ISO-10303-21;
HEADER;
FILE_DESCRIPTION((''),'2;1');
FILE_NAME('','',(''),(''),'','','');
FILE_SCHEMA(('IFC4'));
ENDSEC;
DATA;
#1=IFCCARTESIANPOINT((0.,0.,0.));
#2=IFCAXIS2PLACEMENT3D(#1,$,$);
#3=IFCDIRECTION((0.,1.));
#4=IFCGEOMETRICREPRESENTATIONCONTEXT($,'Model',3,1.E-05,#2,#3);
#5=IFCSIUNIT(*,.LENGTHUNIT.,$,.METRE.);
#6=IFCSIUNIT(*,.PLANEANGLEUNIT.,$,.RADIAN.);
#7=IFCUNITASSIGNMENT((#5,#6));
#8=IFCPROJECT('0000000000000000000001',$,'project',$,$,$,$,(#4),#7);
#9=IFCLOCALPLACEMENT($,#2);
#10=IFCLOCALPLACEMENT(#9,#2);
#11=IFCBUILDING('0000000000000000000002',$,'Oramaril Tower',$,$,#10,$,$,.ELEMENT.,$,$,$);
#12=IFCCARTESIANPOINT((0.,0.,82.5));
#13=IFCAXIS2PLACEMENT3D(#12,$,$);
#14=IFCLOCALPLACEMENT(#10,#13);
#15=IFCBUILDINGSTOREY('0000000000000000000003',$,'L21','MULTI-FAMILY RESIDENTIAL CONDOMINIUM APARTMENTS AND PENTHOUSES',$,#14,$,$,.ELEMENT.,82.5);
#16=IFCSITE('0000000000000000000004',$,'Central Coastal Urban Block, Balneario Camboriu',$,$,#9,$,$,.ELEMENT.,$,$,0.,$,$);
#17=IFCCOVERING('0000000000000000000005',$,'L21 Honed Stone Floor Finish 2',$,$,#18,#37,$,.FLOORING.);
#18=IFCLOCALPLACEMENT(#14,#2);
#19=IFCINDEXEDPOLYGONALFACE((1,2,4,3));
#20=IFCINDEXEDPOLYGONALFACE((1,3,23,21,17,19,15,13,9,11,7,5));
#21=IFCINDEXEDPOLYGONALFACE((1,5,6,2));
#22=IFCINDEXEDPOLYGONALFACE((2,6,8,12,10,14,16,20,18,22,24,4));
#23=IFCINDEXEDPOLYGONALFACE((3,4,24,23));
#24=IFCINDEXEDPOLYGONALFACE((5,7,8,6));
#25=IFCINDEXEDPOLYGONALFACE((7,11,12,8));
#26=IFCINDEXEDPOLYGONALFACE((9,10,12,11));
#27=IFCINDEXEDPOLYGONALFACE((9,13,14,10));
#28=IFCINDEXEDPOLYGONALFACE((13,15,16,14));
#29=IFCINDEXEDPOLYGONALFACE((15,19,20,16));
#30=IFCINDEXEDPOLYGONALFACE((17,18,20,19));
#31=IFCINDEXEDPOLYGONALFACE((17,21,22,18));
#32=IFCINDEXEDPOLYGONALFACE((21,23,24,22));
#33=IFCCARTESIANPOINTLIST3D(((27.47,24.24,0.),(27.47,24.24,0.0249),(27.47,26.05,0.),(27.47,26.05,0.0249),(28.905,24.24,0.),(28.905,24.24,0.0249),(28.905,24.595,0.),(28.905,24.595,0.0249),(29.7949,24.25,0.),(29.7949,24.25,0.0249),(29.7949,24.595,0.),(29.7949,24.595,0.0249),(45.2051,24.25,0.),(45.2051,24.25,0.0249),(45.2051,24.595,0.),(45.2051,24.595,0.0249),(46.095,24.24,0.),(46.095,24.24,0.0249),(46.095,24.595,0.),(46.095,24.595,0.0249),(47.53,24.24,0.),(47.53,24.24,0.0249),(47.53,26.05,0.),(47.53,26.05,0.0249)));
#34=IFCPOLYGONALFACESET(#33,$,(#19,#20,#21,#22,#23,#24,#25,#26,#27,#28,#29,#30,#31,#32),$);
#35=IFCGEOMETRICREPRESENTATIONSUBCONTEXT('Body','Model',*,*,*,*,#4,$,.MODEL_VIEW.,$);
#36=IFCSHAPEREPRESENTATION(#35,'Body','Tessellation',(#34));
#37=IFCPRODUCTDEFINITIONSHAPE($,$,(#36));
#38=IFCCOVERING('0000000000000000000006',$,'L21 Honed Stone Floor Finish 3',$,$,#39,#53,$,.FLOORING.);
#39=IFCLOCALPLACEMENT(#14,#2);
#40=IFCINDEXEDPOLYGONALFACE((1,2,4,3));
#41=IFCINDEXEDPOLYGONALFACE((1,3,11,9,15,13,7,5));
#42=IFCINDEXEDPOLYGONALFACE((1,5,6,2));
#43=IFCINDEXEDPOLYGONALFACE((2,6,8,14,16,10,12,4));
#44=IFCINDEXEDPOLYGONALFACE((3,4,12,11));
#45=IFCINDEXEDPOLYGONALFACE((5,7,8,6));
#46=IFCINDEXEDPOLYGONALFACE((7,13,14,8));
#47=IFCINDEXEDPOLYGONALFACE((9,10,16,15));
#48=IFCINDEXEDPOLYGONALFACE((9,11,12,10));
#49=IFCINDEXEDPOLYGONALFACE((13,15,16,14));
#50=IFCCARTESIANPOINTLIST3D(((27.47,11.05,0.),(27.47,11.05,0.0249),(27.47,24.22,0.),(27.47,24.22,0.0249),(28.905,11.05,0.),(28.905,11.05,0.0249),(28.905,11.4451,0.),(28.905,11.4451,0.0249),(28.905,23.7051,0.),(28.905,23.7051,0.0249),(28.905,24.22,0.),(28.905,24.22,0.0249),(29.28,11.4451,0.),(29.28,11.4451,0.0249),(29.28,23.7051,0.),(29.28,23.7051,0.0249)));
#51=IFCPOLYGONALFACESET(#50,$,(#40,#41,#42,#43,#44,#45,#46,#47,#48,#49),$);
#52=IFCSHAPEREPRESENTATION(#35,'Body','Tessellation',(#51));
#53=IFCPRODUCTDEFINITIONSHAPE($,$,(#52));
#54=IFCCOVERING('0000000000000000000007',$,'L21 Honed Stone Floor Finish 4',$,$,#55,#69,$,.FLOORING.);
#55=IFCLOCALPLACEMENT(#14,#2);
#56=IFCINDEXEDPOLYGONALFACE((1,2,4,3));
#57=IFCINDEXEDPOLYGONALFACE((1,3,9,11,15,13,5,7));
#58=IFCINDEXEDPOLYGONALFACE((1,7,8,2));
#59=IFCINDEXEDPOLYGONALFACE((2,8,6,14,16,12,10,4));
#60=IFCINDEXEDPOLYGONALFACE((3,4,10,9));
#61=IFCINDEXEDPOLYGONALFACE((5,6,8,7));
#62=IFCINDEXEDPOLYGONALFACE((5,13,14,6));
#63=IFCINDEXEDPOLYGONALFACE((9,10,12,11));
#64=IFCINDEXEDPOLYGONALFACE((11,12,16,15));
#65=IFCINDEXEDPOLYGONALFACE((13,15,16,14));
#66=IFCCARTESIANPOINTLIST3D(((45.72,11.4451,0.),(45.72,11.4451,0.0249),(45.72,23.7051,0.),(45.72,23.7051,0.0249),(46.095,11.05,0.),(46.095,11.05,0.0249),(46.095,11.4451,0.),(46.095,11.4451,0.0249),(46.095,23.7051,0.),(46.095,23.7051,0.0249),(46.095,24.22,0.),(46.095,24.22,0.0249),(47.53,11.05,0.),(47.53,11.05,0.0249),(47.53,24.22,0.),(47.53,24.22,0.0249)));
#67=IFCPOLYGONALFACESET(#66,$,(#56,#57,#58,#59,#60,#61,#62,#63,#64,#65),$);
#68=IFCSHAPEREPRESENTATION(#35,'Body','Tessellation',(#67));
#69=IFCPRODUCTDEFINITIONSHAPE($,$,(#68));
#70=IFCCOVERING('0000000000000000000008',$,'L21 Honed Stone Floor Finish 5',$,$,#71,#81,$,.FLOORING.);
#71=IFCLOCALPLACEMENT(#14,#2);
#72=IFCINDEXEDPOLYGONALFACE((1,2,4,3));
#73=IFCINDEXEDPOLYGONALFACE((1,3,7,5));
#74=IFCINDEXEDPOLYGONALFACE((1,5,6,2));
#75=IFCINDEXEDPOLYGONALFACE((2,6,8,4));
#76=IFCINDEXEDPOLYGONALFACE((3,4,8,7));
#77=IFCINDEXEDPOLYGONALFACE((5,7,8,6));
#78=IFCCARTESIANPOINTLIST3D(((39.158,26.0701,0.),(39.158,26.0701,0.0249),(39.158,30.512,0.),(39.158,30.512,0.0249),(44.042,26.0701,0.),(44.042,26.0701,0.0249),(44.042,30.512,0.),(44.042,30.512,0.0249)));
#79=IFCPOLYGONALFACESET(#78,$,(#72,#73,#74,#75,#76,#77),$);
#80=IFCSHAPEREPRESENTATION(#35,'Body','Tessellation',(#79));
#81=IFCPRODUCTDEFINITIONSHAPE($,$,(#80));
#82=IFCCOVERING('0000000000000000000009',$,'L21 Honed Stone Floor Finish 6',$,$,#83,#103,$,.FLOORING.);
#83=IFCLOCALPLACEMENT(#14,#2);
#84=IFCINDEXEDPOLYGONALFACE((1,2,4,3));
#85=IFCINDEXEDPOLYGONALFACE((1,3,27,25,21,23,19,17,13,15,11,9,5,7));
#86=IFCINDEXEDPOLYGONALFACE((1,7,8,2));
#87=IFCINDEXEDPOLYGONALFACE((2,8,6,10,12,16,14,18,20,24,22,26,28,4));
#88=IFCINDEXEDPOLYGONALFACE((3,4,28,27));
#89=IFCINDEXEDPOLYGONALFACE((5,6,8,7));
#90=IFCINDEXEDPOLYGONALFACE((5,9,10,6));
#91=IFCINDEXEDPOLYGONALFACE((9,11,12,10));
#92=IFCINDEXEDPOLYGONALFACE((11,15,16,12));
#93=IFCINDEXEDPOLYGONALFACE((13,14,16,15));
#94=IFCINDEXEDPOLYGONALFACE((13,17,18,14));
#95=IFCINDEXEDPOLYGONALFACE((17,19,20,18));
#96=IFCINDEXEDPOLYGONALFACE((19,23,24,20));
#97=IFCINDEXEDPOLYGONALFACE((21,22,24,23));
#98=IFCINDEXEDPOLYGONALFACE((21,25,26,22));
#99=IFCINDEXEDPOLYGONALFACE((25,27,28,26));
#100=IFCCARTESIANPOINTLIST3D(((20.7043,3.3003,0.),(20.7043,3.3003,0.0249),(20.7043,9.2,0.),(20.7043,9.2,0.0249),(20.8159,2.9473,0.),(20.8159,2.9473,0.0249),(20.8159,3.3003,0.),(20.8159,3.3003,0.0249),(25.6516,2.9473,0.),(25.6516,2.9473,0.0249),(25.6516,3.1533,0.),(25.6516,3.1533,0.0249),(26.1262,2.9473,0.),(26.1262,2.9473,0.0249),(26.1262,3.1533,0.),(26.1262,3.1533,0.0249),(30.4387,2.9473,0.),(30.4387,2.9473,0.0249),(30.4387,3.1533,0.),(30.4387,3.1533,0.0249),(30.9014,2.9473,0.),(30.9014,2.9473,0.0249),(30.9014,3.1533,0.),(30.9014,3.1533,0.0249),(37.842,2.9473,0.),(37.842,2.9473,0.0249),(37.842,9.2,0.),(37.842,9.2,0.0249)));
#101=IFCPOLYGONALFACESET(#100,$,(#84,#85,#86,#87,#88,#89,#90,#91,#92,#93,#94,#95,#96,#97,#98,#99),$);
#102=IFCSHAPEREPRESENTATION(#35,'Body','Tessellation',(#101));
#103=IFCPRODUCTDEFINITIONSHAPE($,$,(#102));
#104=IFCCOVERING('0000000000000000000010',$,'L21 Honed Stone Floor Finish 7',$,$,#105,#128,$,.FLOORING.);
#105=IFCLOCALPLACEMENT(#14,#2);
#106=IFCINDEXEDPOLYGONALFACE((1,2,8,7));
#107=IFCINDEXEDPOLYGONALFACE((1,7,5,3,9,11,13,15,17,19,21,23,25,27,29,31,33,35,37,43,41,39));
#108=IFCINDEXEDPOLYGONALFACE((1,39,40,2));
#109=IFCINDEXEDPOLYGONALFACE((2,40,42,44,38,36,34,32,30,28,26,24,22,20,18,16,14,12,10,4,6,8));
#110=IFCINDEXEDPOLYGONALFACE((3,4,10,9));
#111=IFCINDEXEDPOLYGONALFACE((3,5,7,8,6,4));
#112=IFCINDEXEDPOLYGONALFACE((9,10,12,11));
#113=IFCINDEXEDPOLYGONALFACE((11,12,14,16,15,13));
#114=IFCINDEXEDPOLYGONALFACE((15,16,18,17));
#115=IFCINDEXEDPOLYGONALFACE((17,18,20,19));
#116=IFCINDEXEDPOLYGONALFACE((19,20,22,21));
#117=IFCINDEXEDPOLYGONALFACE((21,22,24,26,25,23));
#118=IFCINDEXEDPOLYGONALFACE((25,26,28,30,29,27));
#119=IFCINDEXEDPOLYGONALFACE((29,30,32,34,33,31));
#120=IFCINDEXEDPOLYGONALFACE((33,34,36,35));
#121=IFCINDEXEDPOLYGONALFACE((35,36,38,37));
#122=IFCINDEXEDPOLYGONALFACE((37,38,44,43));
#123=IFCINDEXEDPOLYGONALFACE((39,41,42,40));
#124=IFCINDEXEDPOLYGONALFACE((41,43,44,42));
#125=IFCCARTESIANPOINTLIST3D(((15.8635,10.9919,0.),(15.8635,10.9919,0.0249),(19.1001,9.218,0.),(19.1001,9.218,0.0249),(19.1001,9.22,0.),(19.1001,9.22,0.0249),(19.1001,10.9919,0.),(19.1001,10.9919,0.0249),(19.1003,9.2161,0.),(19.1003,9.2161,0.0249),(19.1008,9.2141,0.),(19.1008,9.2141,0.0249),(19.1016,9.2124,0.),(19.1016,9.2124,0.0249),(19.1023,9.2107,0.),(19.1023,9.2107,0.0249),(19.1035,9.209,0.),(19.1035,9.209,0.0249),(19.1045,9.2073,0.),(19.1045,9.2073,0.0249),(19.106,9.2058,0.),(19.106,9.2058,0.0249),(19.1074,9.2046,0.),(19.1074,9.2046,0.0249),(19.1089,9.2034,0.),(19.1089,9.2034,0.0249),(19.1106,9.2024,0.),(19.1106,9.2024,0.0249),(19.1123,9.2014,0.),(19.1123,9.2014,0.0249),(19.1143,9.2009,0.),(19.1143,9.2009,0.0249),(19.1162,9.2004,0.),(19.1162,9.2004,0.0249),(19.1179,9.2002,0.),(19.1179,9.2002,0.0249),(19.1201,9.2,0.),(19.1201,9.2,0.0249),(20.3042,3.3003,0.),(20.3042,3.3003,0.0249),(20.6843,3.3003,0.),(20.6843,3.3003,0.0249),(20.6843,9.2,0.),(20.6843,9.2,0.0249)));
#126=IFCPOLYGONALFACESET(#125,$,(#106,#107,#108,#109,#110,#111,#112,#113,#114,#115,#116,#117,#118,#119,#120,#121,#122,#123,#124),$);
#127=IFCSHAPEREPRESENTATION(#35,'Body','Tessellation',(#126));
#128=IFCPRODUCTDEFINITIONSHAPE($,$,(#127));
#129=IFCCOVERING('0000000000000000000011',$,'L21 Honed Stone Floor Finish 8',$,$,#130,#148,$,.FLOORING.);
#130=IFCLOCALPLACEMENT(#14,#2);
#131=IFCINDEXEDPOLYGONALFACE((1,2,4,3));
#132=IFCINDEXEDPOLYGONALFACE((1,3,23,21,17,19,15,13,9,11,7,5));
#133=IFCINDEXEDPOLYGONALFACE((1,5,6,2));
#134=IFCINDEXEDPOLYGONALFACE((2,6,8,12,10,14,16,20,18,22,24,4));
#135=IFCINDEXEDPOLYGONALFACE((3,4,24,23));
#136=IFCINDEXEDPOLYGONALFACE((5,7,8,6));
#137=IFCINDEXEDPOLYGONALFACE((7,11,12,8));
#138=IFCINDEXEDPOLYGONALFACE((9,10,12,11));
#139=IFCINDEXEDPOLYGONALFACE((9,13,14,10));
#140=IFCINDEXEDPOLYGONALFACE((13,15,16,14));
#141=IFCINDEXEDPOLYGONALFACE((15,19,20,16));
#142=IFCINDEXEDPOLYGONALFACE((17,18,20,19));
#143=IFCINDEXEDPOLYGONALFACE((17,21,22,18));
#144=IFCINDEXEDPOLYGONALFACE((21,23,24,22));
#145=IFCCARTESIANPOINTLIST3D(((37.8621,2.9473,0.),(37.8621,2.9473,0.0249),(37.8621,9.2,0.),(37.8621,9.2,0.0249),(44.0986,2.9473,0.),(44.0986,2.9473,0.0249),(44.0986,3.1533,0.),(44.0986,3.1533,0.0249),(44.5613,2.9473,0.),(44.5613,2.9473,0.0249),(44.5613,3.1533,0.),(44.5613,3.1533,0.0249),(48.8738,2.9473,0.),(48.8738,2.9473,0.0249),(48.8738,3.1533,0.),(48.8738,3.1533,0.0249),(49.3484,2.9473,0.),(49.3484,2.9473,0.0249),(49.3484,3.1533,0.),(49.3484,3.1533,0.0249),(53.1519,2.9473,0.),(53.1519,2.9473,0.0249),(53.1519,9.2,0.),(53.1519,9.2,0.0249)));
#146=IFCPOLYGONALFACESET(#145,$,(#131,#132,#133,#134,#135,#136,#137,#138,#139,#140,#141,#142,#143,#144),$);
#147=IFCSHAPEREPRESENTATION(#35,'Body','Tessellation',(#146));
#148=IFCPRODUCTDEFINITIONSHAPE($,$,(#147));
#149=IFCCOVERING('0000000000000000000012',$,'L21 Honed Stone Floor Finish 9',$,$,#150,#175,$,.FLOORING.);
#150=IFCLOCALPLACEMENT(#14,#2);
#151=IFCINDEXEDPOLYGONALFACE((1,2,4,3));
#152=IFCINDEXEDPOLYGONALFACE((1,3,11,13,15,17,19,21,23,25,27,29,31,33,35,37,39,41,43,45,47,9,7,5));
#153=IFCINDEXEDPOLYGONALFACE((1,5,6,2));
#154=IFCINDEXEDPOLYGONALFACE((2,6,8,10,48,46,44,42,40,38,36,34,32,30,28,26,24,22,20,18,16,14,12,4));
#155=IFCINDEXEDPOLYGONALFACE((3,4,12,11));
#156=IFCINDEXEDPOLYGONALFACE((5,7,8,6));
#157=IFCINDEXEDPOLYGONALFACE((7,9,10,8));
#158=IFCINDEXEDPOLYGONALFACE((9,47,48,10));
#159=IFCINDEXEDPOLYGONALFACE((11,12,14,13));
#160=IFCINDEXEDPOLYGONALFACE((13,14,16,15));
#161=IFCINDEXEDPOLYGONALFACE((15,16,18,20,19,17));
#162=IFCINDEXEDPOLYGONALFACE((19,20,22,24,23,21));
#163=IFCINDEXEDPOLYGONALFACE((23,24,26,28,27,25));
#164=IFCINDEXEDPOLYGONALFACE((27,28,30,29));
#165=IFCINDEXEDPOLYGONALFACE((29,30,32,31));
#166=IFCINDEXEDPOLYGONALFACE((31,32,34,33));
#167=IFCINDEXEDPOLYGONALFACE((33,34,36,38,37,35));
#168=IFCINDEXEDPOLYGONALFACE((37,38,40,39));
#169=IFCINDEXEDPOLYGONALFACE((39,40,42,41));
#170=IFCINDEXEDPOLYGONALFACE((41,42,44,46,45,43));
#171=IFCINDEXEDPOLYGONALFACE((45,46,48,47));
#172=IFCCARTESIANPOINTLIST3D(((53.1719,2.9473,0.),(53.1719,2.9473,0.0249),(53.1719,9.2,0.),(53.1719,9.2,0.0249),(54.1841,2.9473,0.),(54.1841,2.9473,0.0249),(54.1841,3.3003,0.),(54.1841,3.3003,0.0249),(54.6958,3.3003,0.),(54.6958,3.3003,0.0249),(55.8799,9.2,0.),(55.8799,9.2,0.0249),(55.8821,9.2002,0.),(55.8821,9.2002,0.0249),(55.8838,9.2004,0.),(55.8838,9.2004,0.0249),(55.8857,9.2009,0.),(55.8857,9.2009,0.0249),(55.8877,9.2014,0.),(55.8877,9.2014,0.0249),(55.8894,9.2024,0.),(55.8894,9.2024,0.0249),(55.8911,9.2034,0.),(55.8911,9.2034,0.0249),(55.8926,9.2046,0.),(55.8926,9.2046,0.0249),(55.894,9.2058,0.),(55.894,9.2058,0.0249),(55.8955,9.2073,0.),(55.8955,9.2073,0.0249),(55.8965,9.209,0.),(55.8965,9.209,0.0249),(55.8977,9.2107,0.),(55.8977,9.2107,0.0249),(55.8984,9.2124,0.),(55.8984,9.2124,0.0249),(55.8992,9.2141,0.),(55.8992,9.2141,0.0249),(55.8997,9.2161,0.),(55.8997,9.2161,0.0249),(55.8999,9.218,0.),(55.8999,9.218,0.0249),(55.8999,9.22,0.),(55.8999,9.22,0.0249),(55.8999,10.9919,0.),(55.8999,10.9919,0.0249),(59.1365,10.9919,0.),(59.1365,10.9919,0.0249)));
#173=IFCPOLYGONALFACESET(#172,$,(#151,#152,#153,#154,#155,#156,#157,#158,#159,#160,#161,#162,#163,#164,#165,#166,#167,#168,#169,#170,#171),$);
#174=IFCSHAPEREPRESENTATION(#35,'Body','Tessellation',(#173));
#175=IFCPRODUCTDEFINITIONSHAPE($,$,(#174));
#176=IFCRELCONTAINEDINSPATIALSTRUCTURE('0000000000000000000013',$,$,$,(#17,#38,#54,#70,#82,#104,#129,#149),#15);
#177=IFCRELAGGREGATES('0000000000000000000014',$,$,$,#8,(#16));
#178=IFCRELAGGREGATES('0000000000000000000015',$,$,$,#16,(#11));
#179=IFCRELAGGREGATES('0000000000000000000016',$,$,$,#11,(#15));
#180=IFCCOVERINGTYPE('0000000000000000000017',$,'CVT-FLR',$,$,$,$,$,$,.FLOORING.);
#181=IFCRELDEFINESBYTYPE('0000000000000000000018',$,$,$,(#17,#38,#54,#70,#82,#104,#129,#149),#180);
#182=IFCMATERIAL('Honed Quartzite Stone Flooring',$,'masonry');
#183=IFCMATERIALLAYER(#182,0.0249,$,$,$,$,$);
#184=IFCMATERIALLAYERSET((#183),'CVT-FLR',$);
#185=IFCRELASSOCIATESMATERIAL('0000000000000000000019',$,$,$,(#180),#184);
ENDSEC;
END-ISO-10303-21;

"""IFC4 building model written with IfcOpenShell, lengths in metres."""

from ifc_helpers import new_model, si_unit, direction, frame, origin, place, context, subcontext, project, spatial, polyline, outline, extrude, material, layer, layer_set, type_object, element, save


model = new_model("IFC4")

# Units and contexts
model_context = context("Model", 3, precision=1e-05, world=origin(), true_north=direction((0.0, 1.0)))
body_context = subcontext(model_context, "Body", "Model", "MODEL_VIEW")
ifc_project = project(units=[si_unit("LENGTHUNIT", "METRE"), si_unit("PLANEANGLEUNIT", "RADIAN")], contexts=[model_context])

# Site, building, storey
site_placement = place(None, origin())
site = spatial("IfcSite", under=ifc_project, at=site_placement, Name="Central Coastal Urban Block, Balneario Camboriu", CompositionType="ELEMENT", RefElevation=0.0)
building_placement = place(site_placement, origin())
building = spatial("IfcBuilding", under=site, at=building_placement, Name="Oramaril Tower", CompositionType="ELEMENT")
storey_placement = place(building_placement, frame((0.0, 0.0, 82.5)))
storey = spatial("IfcBuildingStorey", under=building, at=storey_placement, Name="L21", Description="MULTI-FAMILY RESIDENTIAL CONDOMINIUM APARTMENTS AND PENTHOUSES", CompositionType="ELEMENT", Elevation=82.5)

# Coverings
ifc_material_1 = material(Name="Honed Quartzite Stone Flooring", Category="masonry")
ifc_layer_1 = layer(ifc_material_1, 0.0249)
ifc_layer_set_1 = layer_set([ifc_layer_1], Name="CVT-FLR")
covering_type_1 = type_object("IfcCoveringType", Name="CVT-FLR", PredefinedType="FLOORING", material=ifc_layer_set_1)
covering_1_placement = place(storey_placement, origin())
element("IfcCovering", 1, at=covering_1_placement, inside=storey, type_object=covering_type_1, Name="L21 Honed Stone Floor Finish 2", PredefinedType="FLOORING", context=body_context, shape_type="SweptSolid", body=[
    extrude(outline(polyline([(47.53, 24.24), (46.095, 24.24), (46.095, 24.595), (45.2051, 24.595), (45.2051, 24.25), (29.7949, 24.25), (29.7949, 24.595), (28.905, 24.595), (28.905, 24.24), (27.47, 24.24), (27.47, 26.05), (47.53, 26.05), (47.53, 24.24)])), origin(), (0.0, 0.0, 1.0), 0.0249),
])
covering_2_placement = place(storey_placement, origin())
element("IfcCovering", 2, at=covering_2_placement, inside=storey, type_object=covering_type_1, Name="L21 Honed Stone Floor Finish 3", PredefinedType="FLOORING", context=body_context, shape_type="SweptSolid", body=[
    extrude(outline(polyline([(28.905, 23.7051), (29.28, 23.7051), (29.28, 11.4451), (28.905, 11.4451), (28.905, 11.05), (27.47, 11.05), (27.47, 24.22), (28.905, 24.22), (28.905, 23.7051)])), origin(), (0.0, 0.0, 1.0), 0.0249),
])
covering_3_placement = place(storey_placement, origin())
element("IfcCovering", 3, at=covering_3_placement, inside=storey, type_object=covering_type_1, Name="L21 Honed Stone Floor Finish 4", PredefinedType="FLOORING", context=body_context, shape_type="SweptSolid", body=[
    extrude(outline(polyline([(47.53, 11.05), (46.095, 11.05), (46.095, 11.4451), (45.72, 11.4451), (45.72, 23.7051), (46.095, 23.7051), (46.095, 24.22), (47.53, 24.22), (47.53, 11.05)])), origin(), (0.0, 0.0, 1.0), 0.0249),
])
covering_4_placement = place(storey_placement, origin())
element("IfcCovering", 4, at=covering_4_placement, inside=storey, type_object=covering_type_1, Name="L21 Honed Stone Floor Finish 5", PredefinedType="FLOORING", context=body_context, shape_type="SweptSolid", body=[
    extrude(outline(polyline([(44.042, 30.512), (44.042, 26.0701), (39.158, 26.0701), (39.158, 30.512), (44.042, 30.512)])), origin(), (0.0, 0.0, 1.0), 0.0249),
])
covering_5_placement = place(storey_placement, origin())
element("IfcCovering", 5, at=covering_5_placement, inside=storey, type_object=covering_type_1, Name="L21 Honed Stone Floor Finish 6", PredefinedType="FLOORING", context=body_context, shape_type="SweptSolid", body=[
    extrude(outline(polyline([(30.9014, 3.1533), (30.4387, 3.1533), (30.4387, 2.9473), (26.1262, 2.9473), (26.1262, 3.1533), (25.6516, 3.1533), (25.6516, 2.9473), (20.8159, 2.9473), (20.8159, 3.3003), (20.7043, 3.3003), (20.7043, 9.2), (37.842, 9.2), (37.842, 2.9473), (30.9014, 2.9473), (30.9014, 3.1533)])), origin(), (0.0, 0.0, 1.0), 0.0249),
])
covering_6_placement = place(storey_placement, origin())
element("IfcCovering", 6, at=covering_6_placement, inside=storey, type_object=covering_type_1, Name="L21 Honed Stone Floor Finish 7", PredefinedType="FLOORING", context=body_context, shape_type="SweptSolid", body=[
    extrude(outline(polyline([(20.3042, 3.3003), (15.8635, 10.9919), (19.1001, 10.9919), (19.1001, 9.22), (19.1001, 9.218), (19.1003, 9.2161), (19.1008, 9.2141), (19.1016, 9.2124), (19.1023, 9.2107), (19.1035, 9.209), (19.1045, 9.2073), (19.106, 9.2058), (19.1074, 9.2046), (19.1089, 9.2034), (19.1106, 9.2024), (19.1123, 9.2014), (19.1143, 9.2009), (19.1162, 9.2004), (19.1179, 9.2002), (19.1201, 9.2), (20.6843, 9.2), (20.6843, 3.3003), (20.3042, 3.3003)])), origin(), (0.0, 0.0, 1.0), 0.0249),
])
covering_7_placement = place(storey_placement, origin())
element("IfcCovering", 7, at=covering_7_placement, inside=storey, type_object=covering_type_1, Name="L21 Honed Stone Floor Finish 8", PredefinedType="FLOORING", context=body_context, shape_type="SweptSolid", body=[
    extrude(outline(polyline([(49.3484, 2.9473), (49.3484, 3.1533), (48.8738, 3.1533), (48.8738, 2.9473), (44.5613, 2.9473), (44.5613, 3.1533), (44.0986, 3.1533), (44.0986, 2.9473), (37.8621, 2.9473), (37.8621, 9.2), (53.1519, 9.2), (53.1519, 2.9473), (49.3484, 2.9473)])), origin(), (0.0, 0.0, 1.0), 0.0249),
])
covering_8_placement = place(storey_placement, origin())
element("IfcCovering", 8, at=covering_8_placement, inside=storey, type_object=covering_type_1, Name="L21 Honed Stone Floor Finish 9", PredefinedType="FLOORING", context=body_context, shape_type="SweptSolid", body=[
    extrude(outline(polyline([(59.1365, 10.9919), (54.6958, 3.3003), (54.1841, 3.3003), (54.1841, 2.9473), (53.1719, 2.9473), (53.1719, 9.2), (55.8799, 9.2), (55.8821, 9.2002), (55.8838, 9.2004), (55.8857, 9.2009), (55.8877, 9.2014), (55.8894, 9.2024), (55.8911, 9.2034), (55.8926, 9.2046), (55.894, 9.2058), (55.8955, 9.2073), (55.8965, 9.209), (55.8977, 9.2107), (55.8984, 9.2124), (55.8992, 9.2141), (55.8997, 9.2161), (55.8999, 9.218), (55.8999, 9.22), (55.8999, 10.9919), (59.1365, 10.9919)])), origin(), (0.0, 0.0, 1.0), 0.0249),
])

save(model, "model.ifc")
